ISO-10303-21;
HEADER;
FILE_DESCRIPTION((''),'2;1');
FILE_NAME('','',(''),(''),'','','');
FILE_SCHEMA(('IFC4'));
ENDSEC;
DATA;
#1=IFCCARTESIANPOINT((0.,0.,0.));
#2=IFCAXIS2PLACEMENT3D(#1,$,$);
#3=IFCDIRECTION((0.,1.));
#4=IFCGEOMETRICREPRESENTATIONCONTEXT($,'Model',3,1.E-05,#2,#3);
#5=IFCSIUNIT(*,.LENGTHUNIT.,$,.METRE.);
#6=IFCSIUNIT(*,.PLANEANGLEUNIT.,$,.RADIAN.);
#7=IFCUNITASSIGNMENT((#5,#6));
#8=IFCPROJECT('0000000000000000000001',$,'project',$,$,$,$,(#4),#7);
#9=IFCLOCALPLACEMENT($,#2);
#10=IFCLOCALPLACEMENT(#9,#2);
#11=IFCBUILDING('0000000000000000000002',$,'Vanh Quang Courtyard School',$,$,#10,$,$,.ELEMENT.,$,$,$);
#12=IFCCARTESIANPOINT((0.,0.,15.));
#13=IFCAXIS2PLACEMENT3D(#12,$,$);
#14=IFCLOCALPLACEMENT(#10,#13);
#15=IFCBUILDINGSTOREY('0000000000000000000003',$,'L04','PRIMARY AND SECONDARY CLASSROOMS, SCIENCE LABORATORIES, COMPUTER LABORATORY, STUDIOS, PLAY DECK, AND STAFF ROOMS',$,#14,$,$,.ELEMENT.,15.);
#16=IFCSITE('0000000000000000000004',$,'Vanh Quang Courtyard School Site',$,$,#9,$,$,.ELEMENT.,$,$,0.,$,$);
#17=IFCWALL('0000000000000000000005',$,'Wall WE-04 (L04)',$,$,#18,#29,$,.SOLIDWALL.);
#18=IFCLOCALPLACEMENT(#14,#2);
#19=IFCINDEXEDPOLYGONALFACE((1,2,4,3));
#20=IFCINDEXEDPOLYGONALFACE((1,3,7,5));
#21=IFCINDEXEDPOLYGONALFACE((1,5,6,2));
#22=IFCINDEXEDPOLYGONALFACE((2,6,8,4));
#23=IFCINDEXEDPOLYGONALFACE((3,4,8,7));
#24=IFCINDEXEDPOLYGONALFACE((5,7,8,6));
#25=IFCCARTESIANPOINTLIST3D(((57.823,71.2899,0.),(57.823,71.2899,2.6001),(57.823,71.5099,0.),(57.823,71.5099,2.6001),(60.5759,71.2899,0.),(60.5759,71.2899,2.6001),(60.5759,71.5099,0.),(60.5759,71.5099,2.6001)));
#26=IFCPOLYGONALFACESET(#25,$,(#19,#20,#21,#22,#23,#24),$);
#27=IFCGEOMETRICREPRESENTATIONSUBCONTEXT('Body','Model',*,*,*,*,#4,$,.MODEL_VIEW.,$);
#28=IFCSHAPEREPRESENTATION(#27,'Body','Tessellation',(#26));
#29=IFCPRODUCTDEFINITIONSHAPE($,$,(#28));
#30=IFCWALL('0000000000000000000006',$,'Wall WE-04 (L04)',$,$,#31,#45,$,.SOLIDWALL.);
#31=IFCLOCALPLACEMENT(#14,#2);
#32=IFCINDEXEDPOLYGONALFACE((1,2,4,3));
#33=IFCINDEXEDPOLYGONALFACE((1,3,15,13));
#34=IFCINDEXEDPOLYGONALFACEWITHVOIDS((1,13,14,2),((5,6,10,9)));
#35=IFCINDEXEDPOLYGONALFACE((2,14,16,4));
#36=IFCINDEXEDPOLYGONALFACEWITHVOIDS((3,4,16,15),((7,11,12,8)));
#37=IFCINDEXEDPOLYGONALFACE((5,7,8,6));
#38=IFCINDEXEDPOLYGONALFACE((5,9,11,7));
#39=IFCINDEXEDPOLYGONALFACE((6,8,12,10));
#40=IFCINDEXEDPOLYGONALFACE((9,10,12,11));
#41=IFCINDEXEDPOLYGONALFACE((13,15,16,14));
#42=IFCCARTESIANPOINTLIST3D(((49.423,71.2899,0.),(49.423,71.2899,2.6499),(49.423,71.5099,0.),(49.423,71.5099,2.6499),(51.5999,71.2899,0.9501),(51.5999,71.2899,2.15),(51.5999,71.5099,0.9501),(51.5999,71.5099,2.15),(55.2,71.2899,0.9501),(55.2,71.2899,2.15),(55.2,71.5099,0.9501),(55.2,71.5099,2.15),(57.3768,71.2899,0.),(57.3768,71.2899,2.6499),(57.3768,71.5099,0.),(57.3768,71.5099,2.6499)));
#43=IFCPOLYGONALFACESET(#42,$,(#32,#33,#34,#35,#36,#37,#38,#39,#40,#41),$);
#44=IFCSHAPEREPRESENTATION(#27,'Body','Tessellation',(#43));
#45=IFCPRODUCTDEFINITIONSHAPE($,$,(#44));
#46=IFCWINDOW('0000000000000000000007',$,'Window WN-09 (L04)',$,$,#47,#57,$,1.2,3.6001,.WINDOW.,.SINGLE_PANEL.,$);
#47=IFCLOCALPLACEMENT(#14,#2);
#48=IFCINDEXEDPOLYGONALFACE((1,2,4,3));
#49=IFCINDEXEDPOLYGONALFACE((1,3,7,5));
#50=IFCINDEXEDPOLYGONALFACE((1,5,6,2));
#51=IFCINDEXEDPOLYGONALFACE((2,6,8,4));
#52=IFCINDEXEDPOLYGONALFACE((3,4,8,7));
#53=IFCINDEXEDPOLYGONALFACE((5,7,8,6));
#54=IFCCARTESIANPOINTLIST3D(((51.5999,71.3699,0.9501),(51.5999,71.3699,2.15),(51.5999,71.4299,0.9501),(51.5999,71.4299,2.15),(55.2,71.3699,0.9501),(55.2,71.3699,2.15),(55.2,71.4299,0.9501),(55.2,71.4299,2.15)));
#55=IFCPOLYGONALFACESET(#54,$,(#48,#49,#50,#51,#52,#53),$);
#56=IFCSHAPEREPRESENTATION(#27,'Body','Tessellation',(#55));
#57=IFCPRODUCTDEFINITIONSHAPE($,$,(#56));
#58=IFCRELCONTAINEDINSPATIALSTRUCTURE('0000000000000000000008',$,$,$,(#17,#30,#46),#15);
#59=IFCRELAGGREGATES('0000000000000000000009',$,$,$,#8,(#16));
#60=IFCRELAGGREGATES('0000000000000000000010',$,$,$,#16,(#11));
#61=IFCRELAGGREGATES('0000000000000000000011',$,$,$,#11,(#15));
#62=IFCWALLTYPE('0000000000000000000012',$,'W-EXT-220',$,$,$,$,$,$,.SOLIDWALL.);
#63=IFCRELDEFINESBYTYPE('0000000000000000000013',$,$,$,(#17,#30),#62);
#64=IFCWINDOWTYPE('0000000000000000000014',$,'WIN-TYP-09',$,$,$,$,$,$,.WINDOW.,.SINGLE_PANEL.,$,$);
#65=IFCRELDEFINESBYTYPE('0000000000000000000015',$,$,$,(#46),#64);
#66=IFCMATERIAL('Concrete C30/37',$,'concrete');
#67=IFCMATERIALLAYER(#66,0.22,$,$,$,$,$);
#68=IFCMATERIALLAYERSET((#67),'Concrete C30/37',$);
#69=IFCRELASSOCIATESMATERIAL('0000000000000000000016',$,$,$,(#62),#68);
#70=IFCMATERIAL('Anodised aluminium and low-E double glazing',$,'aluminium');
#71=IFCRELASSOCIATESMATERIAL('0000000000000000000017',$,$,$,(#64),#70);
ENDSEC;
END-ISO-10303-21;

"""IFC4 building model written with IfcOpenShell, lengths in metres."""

from ifc_helpers import new_model, si_unit, direction, frame, frame_2d, origin, place, context, subcontext, project, spatial, rectangle, extrude, material, layer, layer_set, type_object, element, fill, save


model = new_model("IFC4")

# Units and contexts
model_context = context("Model", 3, precision=1e-05, world=origin(), true_north=direction((0.0, 1.0)))
body_context = subcontext(model_context, "Body", "Model", "MODEL_VIEW")
ifc_project = project(units=[si_unit("LENGTHUNIT", "METRE"), si_unit("PLANEANGLEUNIT", "RADIAN")], contexts=[model_context])

# Site, building, storey
site_placement = place(None, origin())
site = spatial("IfcSite", under=ifc_project, at=site_placement, Name="Vanh Quang Courtyard School Site", CompositionType="ELEMENT", RefElevation=0.0)
building_placement = place(site_placement, origin())
building = spatial("IfcBuilding", under=site, at=building_placement, Name="Vanh Quang Courtyard School", CompositionType="ELEMENT")
storey_placement = place(building_placement, frame((0.0, 0.0, 15.0)))
storey = spatial("IfcBuildingStorey", under=building, at=storey_placement, Name="L04", Description="PRIMARY AND SECONDARY CLASSROOMS, SCIENCE LABORATORIES, COMPUTER LABORATORY, STUDIOS, PLAY DECK, AND STAFF ROOMS", CompositionType="ELEMENT", Elevation=15.0)

# Shared definitions
ifc_material_1 = material(Name="Concrete C30/37", Category="concrete")

# Wall
ifc_layer_1 = layer(ifc_material_1, 0.22)
ifc_layer_set_1 = layer_set([ifc_layer_1], Name="Concrete C30/37")
wall_type_1 = type_object("IfcWallType", Name="W-EXT-220", PredefinedType="SOLIDWALL", material=ifc_layer_set_1)
wall_1_placement = place(storey_placement, frame((60.5759, 71.3999, 0.0), z_axis=(0.0, 0.0, 1.0), x_axis=(-1.0, 0.0, 0.0)))
element("IfcWall", 1, at=wall_1_placement, inside=storey, type_object=wall_type_1, Name="Wall WE-04 (L04)", PredefinedType="SOLIDWALL", context=body_context, shape_type="SweptSolid", body=[
    extrude(rectangle(XDim=2.7529, YDim=0.22, at=frame_2d((1.3765, 0.0))), origin(), (0.0, 0.0, 1.0), 2.6001),
])

# Wall, opening, window
wall_2_placement = place(storey_placement, frame((57.377, 71.3999, 0.0), z_axis=(0.0, 0.0, 1.0), x_axis=(-1.0, 0.0, 0.0)))
wall_2 = element("IfcWall", 2, at=wall_2_placement, inside=storey, type_object=wall_type_1, Name="Wall WE-04 (L04)", PredefinedType="SOLIDWALL", context=body_context, shape_type="SweptSolid", body=[
    extrude(rectangle(XDim=7.9539, YDim=0.22, at=frame_2d((3.9771, 0.0))), origin(), (0.0, 0.0, 1.0), 2.6499),
])
opening_1_placement = place(wall_2_placement, frame((2.177, 0.0, 0.95)))
opening_1 = element("IfcOpeningElement", 3, at=opening_1_placement, cuts=wall_2, PredefinedType="OPENING", context=body_context, shape_type="SweptSolid", body=[
    extrude(rectangle(XDim=3.6001, YDim=1.2, at=frame_2d((1.8, 0.6001))), frame((0.0, 0.1201, 0.0), z_axis=(0.0, -1.0, 0.0), x_axis=(1.0, 0.0, 0.0)), (0.0, 0.0, 1.0), 0.24),
])
ifc_material_2 = material(Name="Anodised aluminium and low-E double glazing", Category="aluminium")
window_type = type_object("IfcWindowType", Name="WIN-TYP-09", PartitioningType="SINGLE_PANEL", PredefinedType="WINDOW", material=ifc_material_2)
window_placement = place(opening_1_placement, origin())
window = element("IfcWindow", 4, at=window_placement, inside=storey, type_object=window_type, Name="Window WN-09 (L04)", OverallHeight=1.2, OverallWidth=3.6001, PartitioningType="SINGLE_PANEL", PredefinedType="WINDOW", context=body_context, shape_type="SweptSolid", body=[
    extrude(rectangle(XDim=3.6001, YDim=1.2, at=frame_2d((1.8, 0.6001))), frame((0.0, 0.03, 0.0), z_axis=(0.0, -1.0, 0.0), x_axis=(1.0, 0.0, 0.0)), (0.0, 0.0, 1.0), 0.0601),
])
fill(opening_1, window)

save(model, "model.ifc")
